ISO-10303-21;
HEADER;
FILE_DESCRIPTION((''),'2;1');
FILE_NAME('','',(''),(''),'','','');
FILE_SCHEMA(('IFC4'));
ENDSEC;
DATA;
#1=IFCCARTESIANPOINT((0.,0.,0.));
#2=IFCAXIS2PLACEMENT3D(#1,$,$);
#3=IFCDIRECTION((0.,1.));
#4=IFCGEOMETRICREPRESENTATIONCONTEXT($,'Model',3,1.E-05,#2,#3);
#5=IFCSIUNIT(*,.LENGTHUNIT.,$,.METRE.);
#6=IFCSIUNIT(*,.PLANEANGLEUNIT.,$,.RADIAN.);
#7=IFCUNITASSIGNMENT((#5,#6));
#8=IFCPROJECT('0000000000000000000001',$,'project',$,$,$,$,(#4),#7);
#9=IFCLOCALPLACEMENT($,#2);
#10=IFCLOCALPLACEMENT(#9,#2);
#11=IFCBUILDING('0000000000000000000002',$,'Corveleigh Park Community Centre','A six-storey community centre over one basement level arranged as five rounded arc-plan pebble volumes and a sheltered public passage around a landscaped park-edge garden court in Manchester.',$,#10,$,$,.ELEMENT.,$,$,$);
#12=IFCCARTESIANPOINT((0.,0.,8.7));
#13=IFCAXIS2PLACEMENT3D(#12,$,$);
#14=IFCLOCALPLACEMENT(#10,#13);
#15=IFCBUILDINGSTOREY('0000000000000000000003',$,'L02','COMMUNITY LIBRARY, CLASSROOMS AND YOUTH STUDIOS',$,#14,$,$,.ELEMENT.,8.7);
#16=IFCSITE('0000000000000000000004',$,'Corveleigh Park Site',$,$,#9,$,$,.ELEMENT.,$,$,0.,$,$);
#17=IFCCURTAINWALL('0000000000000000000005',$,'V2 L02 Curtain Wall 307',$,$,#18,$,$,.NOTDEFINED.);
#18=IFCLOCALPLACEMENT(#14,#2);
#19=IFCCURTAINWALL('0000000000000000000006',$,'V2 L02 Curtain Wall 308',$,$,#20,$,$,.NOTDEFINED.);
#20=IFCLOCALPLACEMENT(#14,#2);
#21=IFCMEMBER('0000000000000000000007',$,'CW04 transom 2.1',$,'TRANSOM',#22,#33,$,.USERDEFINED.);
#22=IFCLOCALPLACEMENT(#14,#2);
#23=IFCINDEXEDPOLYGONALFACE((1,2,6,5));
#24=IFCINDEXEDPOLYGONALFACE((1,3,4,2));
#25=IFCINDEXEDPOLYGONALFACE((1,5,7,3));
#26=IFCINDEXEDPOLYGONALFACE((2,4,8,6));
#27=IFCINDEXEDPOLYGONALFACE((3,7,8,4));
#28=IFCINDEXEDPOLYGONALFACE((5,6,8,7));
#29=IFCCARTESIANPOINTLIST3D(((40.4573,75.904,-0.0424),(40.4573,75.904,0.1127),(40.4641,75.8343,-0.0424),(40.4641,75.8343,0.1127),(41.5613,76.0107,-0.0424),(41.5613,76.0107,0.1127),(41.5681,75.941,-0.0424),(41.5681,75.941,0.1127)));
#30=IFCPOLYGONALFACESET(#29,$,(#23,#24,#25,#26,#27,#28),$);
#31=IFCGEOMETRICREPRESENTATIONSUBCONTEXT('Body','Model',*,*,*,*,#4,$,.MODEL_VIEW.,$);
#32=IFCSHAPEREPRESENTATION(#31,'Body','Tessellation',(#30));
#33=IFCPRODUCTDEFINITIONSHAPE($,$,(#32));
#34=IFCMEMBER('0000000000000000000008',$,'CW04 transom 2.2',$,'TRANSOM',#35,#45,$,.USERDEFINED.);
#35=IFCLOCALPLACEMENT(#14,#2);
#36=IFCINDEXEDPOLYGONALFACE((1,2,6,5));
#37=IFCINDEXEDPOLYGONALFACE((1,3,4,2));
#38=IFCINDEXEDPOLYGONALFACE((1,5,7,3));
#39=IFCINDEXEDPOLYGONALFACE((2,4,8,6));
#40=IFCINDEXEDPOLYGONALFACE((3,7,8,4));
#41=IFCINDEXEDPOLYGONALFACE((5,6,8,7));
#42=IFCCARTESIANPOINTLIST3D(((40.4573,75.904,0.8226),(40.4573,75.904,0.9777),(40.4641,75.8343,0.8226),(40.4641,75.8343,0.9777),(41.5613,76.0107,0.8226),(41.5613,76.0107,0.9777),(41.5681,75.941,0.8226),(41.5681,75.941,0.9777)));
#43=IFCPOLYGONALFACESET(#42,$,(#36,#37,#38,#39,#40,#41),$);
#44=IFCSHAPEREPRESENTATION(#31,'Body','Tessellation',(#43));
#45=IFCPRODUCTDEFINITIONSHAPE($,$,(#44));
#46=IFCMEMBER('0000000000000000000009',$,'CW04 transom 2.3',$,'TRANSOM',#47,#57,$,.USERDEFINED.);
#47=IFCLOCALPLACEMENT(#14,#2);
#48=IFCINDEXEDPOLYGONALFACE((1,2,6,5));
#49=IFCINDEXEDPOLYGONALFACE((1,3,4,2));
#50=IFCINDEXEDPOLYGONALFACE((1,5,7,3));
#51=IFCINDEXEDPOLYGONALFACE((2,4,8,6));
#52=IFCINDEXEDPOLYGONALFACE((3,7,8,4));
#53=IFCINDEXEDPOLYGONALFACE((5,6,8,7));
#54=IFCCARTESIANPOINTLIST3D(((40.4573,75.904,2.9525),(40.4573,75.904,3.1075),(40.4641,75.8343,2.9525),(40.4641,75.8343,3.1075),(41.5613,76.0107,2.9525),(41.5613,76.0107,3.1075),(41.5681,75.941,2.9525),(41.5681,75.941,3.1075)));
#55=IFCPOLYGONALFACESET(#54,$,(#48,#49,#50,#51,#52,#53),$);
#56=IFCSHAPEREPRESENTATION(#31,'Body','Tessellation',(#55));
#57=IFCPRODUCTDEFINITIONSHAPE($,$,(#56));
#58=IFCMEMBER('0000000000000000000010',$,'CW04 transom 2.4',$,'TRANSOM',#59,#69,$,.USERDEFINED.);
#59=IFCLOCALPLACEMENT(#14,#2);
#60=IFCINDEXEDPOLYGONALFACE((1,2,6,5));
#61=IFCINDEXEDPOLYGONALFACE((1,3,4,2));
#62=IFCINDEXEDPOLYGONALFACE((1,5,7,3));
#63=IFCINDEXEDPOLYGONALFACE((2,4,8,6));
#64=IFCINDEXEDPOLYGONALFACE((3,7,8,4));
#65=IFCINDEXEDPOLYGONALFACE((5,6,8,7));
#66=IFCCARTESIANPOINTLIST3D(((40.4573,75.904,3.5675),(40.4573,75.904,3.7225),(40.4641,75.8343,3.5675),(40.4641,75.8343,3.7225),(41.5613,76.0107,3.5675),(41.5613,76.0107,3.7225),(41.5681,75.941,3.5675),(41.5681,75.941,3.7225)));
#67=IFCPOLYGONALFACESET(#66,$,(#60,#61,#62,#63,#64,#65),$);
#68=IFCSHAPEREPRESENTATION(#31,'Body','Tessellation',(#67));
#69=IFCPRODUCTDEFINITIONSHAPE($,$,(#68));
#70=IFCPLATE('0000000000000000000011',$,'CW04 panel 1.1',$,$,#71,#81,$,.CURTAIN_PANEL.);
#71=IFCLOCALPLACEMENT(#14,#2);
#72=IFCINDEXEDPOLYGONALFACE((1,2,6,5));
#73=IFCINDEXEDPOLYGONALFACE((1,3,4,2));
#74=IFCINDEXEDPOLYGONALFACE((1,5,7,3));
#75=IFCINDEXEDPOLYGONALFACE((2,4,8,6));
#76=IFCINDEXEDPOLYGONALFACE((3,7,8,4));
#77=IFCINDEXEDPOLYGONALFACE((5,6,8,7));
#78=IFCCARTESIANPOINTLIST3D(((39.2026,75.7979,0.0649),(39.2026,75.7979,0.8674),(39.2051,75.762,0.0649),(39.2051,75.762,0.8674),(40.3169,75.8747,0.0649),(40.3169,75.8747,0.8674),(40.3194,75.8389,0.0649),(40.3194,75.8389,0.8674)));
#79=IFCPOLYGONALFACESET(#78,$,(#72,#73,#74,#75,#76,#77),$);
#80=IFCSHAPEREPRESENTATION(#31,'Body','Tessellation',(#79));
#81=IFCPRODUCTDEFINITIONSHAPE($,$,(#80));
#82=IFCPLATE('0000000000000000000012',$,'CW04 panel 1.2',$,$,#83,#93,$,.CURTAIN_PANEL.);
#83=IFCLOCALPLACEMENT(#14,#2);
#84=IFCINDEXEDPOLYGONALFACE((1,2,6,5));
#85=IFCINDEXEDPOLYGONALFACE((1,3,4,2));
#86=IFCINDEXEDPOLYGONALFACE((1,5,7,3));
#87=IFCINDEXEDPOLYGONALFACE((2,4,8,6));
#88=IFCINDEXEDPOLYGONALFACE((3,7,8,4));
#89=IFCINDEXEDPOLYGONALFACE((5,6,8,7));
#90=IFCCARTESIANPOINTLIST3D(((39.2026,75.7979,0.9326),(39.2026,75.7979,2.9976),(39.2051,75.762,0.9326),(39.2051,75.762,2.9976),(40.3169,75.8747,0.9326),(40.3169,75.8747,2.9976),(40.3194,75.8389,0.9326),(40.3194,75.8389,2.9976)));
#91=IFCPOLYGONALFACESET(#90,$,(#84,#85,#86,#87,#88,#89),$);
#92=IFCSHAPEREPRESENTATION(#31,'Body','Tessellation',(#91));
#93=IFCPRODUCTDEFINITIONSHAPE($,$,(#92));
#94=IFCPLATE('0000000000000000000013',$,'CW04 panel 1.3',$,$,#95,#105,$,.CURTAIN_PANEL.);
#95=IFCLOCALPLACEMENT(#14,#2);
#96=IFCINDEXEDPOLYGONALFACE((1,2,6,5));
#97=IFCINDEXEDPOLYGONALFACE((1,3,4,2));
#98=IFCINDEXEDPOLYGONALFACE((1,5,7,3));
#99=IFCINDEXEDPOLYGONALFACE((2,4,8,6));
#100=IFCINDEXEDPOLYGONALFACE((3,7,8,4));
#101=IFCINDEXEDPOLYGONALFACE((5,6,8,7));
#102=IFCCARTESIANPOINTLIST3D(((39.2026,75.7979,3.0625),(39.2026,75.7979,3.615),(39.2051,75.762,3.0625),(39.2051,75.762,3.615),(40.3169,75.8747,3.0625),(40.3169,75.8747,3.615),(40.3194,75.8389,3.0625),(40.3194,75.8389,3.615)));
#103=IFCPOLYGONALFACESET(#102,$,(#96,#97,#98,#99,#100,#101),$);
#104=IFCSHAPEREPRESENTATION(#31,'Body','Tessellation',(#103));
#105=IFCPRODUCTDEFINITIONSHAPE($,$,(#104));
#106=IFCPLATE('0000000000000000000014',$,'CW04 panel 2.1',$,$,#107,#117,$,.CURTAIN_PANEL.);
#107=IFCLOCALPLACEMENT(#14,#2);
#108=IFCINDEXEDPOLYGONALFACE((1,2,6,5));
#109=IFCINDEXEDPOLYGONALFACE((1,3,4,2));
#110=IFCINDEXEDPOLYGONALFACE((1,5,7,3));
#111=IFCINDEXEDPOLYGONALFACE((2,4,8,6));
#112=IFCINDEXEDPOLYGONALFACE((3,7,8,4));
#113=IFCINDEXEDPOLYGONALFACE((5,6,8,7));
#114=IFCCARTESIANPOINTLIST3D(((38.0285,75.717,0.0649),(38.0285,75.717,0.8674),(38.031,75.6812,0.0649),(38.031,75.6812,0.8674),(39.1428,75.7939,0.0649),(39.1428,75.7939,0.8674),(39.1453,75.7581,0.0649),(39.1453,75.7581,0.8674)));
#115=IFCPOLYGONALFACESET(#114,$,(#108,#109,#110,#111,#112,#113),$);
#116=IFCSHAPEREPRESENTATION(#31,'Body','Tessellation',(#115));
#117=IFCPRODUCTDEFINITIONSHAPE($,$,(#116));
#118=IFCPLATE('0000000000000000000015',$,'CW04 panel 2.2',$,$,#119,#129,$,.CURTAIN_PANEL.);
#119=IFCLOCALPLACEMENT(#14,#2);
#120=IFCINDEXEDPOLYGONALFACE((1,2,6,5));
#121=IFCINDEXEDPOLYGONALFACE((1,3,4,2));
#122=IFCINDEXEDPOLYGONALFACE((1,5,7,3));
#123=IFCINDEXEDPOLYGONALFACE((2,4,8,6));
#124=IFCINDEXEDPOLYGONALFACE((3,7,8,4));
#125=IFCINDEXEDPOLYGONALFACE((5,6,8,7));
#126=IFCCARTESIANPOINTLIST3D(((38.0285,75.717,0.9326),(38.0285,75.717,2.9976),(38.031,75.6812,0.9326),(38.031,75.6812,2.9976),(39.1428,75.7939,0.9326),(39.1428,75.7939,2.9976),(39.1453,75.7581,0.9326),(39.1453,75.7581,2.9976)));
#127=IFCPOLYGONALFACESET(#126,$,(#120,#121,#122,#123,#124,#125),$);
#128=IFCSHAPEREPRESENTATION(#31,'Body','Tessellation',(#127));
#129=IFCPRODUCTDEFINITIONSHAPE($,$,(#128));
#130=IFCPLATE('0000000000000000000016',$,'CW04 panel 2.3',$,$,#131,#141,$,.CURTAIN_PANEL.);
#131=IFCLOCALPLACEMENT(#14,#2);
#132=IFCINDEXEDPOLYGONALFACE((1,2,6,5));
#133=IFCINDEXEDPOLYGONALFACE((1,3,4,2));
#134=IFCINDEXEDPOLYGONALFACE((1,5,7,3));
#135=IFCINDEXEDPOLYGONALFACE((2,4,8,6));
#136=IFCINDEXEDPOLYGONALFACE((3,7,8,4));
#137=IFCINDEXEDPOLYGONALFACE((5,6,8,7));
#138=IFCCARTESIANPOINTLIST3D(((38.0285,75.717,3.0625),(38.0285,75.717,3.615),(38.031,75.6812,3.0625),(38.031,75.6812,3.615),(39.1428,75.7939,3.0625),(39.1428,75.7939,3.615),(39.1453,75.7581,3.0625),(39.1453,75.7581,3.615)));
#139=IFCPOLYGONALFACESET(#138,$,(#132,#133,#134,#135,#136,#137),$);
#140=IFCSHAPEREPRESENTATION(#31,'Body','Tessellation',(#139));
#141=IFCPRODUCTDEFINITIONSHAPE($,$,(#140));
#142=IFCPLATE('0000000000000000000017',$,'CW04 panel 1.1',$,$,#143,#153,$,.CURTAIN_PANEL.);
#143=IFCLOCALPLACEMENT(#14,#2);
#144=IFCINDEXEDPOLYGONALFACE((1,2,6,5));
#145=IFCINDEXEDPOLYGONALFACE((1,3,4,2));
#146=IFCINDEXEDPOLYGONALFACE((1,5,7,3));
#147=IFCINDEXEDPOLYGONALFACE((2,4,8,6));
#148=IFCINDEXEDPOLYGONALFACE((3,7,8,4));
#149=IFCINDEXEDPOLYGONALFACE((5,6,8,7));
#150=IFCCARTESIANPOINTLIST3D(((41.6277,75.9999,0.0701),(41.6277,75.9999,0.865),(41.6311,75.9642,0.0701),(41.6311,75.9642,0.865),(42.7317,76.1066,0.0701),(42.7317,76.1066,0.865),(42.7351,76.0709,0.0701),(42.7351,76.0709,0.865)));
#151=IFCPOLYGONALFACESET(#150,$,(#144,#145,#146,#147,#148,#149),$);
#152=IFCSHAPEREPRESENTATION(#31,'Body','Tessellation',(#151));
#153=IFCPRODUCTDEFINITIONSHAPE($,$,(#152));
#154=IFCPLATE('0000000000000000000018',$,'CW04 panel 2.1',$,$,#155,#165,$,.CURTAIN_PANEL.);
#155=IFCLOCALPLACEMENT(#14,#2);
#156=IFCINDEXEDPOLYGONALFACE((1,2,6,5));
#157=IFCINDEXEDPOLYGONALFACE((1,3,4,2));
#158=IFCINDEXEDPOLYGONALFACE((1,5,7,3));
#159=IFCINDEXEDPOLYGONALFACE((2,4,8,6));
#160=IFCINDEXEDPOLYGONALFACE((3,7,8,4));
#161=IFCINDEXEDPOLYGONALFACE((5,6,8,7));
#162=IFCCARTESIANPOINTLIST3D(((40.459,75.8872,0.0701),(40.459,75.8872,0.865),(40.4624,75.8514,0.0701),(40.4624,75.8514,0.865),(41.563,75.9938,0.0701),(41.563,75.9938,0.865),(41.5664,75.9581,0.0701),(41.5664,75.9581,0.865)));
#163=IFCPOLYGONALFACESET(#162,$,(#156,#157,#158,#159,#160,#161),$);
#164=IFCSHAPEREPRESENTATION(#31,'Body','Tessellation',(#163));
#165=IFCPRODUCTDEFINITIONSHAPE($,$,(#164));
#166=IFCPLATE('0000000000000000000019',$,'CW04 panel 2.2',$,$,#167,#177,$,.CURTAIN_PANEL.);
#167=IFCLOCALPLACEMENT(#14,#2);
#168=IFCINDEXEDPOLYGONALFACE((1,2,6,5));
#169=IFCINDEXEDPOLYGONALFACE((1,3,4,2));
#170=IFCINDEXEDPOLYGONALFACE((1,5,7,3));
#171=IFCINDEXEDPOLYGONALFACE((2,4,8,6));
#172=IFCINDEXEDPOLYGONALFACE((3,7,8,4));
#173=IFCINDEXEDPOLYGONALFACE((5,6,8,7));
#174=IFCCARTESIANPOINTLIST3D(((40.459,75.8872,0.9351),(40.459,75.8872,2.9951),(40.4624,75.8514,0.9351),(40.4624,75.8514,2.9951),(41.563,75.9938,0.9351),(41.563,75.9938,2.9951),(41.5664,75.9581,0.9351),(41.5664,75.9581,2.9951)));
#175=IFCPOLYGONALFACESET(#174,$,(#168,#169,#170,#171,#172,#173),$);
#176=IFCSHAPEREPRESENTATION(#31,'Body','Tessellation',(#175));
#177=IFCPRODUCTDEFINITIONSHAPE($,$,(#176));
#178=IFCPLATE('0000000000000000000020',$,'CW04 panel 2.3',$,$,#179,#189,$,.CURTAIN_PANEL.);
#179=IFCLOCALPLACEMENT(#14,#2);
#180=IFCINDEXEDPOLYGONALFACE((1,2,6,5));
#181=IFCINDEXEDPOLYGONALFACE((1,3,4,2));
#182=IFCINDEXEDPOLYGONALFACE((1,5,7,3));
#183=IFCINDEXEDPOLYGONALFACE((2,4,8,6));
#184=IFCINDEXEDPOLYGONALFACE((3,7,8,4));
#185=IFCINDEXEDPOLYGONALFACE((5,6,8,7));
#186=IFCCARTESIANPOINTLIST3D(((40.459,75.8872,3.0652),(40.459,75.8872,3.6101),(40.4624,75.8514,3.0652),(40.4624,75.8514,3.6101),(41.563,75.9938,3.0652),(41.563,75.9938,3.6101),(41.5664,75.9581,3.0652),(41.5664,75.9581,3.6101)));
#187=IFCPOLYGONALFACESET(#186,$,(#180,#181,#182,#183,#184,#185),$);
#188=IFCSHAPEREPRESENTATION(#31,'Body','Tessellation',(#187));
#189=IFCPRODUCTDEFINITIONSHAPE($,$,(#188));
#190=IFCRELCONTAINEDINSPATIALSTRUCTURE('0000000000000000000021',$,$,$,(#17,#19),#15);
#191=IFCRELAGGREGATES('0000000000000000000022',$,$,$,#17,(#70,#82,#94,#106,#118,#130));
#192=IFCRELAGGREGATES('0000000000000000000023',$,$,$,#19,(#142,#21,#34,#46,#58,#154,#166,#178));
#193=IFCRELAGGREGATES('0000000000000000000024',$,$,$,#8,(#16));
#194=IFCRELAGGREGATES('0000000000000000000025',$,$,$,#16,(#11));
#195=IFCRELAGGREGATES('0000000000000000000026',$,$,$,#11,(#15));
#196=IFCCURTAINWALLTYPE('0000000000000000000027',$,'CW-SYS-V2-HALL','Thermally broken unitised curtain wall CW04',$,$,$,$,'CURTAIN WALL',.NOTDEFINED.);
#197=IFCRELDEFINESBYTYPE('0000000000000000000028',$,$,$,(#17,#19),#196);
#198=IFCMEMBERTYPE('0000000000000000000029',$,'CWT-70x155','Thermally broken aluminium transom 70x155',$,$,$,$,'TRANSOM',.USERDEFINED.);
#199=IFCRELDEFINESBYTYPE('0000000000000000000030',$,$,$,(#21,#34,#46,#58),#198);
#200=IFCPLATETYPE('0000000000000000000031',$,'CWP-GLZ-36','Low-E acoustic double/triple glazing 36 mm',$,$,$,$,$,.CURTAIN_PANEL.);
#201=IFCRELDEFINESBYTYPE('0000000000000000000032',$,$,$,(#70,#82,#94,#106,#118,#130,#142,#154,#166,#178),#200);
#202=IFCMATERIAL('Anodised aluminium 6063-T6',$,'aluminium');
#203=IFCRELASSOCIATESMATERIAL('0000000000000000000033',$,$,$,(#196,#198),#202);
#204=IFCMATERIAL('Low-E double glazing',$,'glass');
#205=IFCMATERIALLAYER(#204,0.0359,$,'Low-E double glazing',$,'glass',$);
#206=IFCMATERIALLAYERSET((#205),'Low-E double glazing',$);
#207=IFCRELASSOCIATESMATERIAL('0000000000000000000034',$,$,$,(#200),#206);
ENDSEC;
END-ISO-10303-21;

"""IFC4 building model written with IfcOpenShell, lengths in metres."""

from ifc_helpers import new_model, si_unit, direction, frame, origin, origin_2d, place, context, subcontext, project, spatial, rectangle, extrude, material, layer, layer_set, material_profile, profile_set, type_object, element, aggregate, save


model = new_model("IFC4")

# Units and contexts
model_context = context("Model", 3, precision=1e-05, world=origin(), true_north=direction((0.0, 1.0)))
body_context = subcontext(model_context, "Body", "Model", "MODEL_VIEW")
ifc_project = project(units=[si_unit("LENGTHUNIT", "METRE"), si_unit("PLANEANGLEUNIT", "RADIAN")], contexts=[model_context])

# Site, building, storey
site_placement = place(None, origin())
site = spatial("IfcSite", under=ifc_project, at=site_placement, Name="Corveleigh Park Site", CompositionType="ELEMENT", RefElevation=0.0)
building_placement = place(site_placement, origin())
building = spatial("IfcBuilding", under=site, at=building_placement, Name="Corveleigh Park Community Centre", Description="A six-storey community centre over one basement level arranged as five rounded arc-plan pebble volumes and a sheltered public passage around a landscaped park-edge garden court in Manchester.", CompositionType="ELEMENT")
storey_placement = place(building_placement, frame((0.0, 0.0, 8.7)))
storey = spatial("IfcBuildingStorey", under=building, at=storey_placement, Name="L02", Description="COMMUNITY LIBRARY, CLASSROOMS AND YOUTH STUDIOS", CompositionType="ELEMENT", Elevation=8.7)

# Curtain walls
ifc_material_1 = material(Name="Anodised aluminium 6063-T6", Category="aluminium")
curtain_wall_type = type_object("IfcCurtainWallType", Name="CW-SYS-V2-HALL", Description="Thermally broken unitised curtain wall CW04", ElementType="CURTAIN WALL", PredefinedType="NOTDEFINED", material=ifc_material_1)
curtain_wall_1_placement = place(storey_placement, origin())
curtain_wall_1 = element("IfcCurtainWall", 1, at=curtain_wall_1_placement, inside=storey, type_object=curtain_wall_type, Name="V2 L02 Curtain Wall 307", PredefinedType="NOTDEFINED")
curtain_wall_2_placement = place(storey_placement, origin())
curtain_wall_2 = element("IfcCurtainWall", 2, at=curtain_wall_2_placement, inside=storey, type_object=curtain_wall_type, Name="V2 L02 Curtain Wall 308", PredefinedType="NOTDEFINED")

# Members
ifc_material_profile_1 = material_profile(ifc_material_1, rectangle(XDim=0.0701, YDim=0.155, at=origin_2d()), Name="ALU-T70x155", Category="aluminium")
ifc_profile_set_1 = profile_set([ifc_material_profile_1], Name="Anodised aluminium 6063-T6")
member_type_1 = type_object("IfcMemberType", Name="CWT-70x155", Description="Thermally broken aluminium transom 70x155", ElementType="TRANSOM", PredefinedType="USERDEFINED", material=ifc_profile_set_1)
member_1_placement = place(storey_placement, frame((41.5647, 75.9758, 0.0352), z_axis=(-0.995363, -0.096191, 0.0), x_axis=(0.096191, -0.995363, 0.0)))
member_1 = element("IfcMember", 3, at=member_1_placement, type_object=member_type_1, Name="CW04 transom 2.1", ObjectType="TRANSOM", PredefinedType="USERDEFINED", context=body_context, shape_type="SweptSolid", body=[
    extrude(rectangle(XDim=0.0701, YDim=0.155, at=origin_2d()), origin(), (0.0, 0.0, 1.0), 1.1091),
])
member_2_placement = place(storey_placement, frame((41.5647, 75.9758, 0.9001), z_axis=(-0.995363, -0.096191, 0.0), x_axis=(0.096191, -0.995363, 0.0)))
member_2 = element("IfcMember", 4, at=member_2_placement, type_object=member_type_1, Name="CW04 transom 2.2", ObjectType="TRANSOM", PredefinedType="USERDEFINED", context=body_context, shape_type="SweptSolid", body=[
    extrude(rectangle(XDim=0.0701, YDim=0.155, at=origin_2d()), origin(), (0.0, 0.0, 1.0), 1.1091),
])
member_3_placement = place(storey_placement, frame((41.5647, 75.9758, 3.03), z_axis=(-0.995363, -0.096191, 0.0), x_axis=(0.096191, -0.995363, 0.0)))
member_3 = element("IfcMember", 5, at=member_3_placement, type_object=member_type_1, Name="CW04 transom 2.3", ObjectType="TRANSOM", PredefinedType="USERDEFINED", context=body_context, shape_type="SweptSolid", body=[
    extrude(rectangle(XDim=0.0701, YDim=0.155, at=origin_2d()), origin(), (0.0, 0.0, 1.0), 1.1091),
])
member_4_placement = place(storey_placement, frame((41.5647, 75.9758, 3.645), z_axis=(-0.995363, -0.096191, 0.0), x_axis=(0.096191, -0.995363, 0.0)))
member_4 = element("IfcMember", 6, at=member_4_placement, type_object=member_type_1, Name="CW04 transom 2.4", ObjectType="TRANSOM", PredefinedType="USERDEFINED", context=body_context, shape_type="SweptSolid", body=[
    extrude(rectangle(XDim=0.0701, YDim=0.155, at=origin_2d()), origin(), (0.0, 0.0, 1.0), 1.1091),
])

# Plates
ifc_material_2 = material(Name="Low-E double glazing", Category="glass")
ifc_layer = layer(ifc_material_2, 0.0359, Name="Low-E double glazing", Category="glass")
ifc_layer_set = layer_set([ifc_layer], Name="Low-E double glazing")
plate_type = type_object("IfcPlateType", Name="CWP-GLZ-36", Description="Low-E acoustic double/triple glazing 36 mm", PredefinedType="CURTAIN_PANEL", material=ifc_layer_set)
plate_1_placement = place(storey_placement, frame((39.761, 75.8184, 0.0649), z_axis=(0.0, 0.0, 1.0), x_axis=(-0.997632, -0.068774, 0.0)))
plate_1 = element("IfcPlate", 7, at=plate_1_placement, type_object=plate_type, Name="CW04 panel 1.1", PredefinedType="CURTAIN_PANEL", context=body_context, shape_type="SweptSolid", body=[
    extrude(rectangle(XDim=1.1169, YDim=0.0359, at=origin_2d()), origin(), (0.0, 0.0, 1.0), 0.8025),
])
plate_2_placement = place(storey_placement, frame((39.761, 75.8184, 0.9326), z_axis=(0.0, 0.0, 1.0), x_axis=(-0.997632, -0.068774, 0.0)))
plate_2 = element("IfcPlate", 8, at=plate_2_placement, type_object=plate_type, Name="CW04 panel 1.2", PredefinedType="CURTAIN_PANEL", context=body_context, shape_type="SweptSolid", body=[
    extrude(rectangle(XDim=1.1169, YDim=0.0359, at=origin_2d()), origin(), (0.0, 0.0, 1.0), 2.0649),
])
plate_3_placement = place(storey_placement, frame((39.761, 75.8184, 3.0625), z_axis=(0.0, 0.0, 1.0), x_axis=(-0.997632, -0.068774, 0.0)))
plate_3 = element("IfcPlate", 9, at=plate_3_placement, type_object=plate_type, Name="CW04 panel 1.3", PredefinedType="CURTAIN_PANEL", context=body_context, shape_type="SweptSolid", body=[
    extrude(rectangle(XDim=1.1169, YDim=0.0359, at=origin_2d()), origin(), (0.0, 0.0, 1.0), 0.5525),
])
plate_4_placement = place(storey_placement, frame((38.5869, 75.7375, 0.0649), z_axis=(0.0, 0.0, 1.0), x_axis=(-0.997632, -0.068774, 0.0)))
plate_4 = element("IfcPlate", 10, at=plate_4_placement, type_object=plate_type, Name="CW04 panel 2.1", PredefinedType="CURTAIN_PANEL", context=body_context, shape_type="SweptSolid", body=[
    extrude(rectangle(XDim=1.1169, YDim=0.0359, at=origin_2d()), origin(), (0.0, 0.0, 1.0), 0.8025),
])
plate_5_placement = place(storey_placement, frame((38.5869, 75.7375, 0.9326), z_axis=(0.0, 0.0, 1.0), x_axis=(-0.997632, -0.068774, 0.0)))
plate_5 = element("IfcPlate", 11, at=plate_5_placement, type_object=plate_type, Name="CW04 panel 2.2", PredefinedType="CURTAIN_PANEL", context=body_context, shape_type="SweptSolid", body=[
    extrude(rectangle(XDim=1.1169, YDim=0.0359, at=origin_2d()), origin(), (0.0, 0.0, 1.0), 2.0649),
])
plate_6_placement = place(storey_placement, frame((38.5869, 75.7375, 3.0625), z_axis=(0.0, 0.0, 1.0), x_axis=(-0.997632, -0.068774, 0.0)))
plate_6 = element("IfcPlate", 12, at=plate_6_placement, type_object=plate_type, Name="CW04 panel 2.3", PredefinedType="CURTAIN_PANEL", context=body_context, shape_type="SweptSolid", body=[
    extrude(rectangle(XDim=1.1169, YDim=0.0359, at=origin_2d()), origin(), (0.0, 0.0, 1.0), 0.5525),
])
aggregate(curtain_wall_1, [plate_1, plate_2, plate_3, plate_4, plate_5, plate_6])
plate_7_placement = place(storey_placement, frame((42.1814, 76.0354, 0.0701), z_axis=(0.0, 0.0, 1.0), x_axis=(-0.995368, -0.096139, 0.0)))
plate_7 = element("IfcPlate", 13, at=plate_7_placement, type_object=plate_type, Name="CW04 panel 1.1", PredefinedType="CURTAIN_PANEL", context=body_context, shape_type="SweptSolid", body=[
    extrude(rectangle(XDim=1.1091, YDim=0.0359, at=origin_2d()), origin(), (0.0, 0.0, 1.0), 0.7949),
])
plate_8_placement = place(storey_placement, frame((41.0127, 75.9226, 0.0701), z_axis=(0.0, 0.0, 1.0), x_axis=(-0.995368, -0.096139, 0.0)))
plate_8 = element("IfcPlate", 14, at=plate_8_placement, type_object=plate_type, Name="CW04 panel 2.1", PredefinedType="CURTAIN_PANEL", context=body_context, shape_type="SweptSolid", body=[
    extrude(rectangle(XDim=1.1091, YDim=0.0359, at=origin_2d()), origin(), (0.0, 0.0, 1.0), 0.7949),
])
plate_9_placement = place(storey_placement, frame((41.0127, 75.9226, 0.9351), z_axis=(0.0, 0.0, 1.0), x_axis=(-0.995368, -0.096139, 0.0)))
plate_9 = element("IfcPlate", 15, at=plate_9_placement, type_object=plate_type, Name="CW04 panel 2.2", PredefinedType="CURTAIN_PANEL", context=body_context, shape_type="SweptSolid", body=[
    extrude(rectangle(XDim=1.1091, YDim=0.0359, at=origin_2d()), origin(), (0.0, 0.0, 1.0), 2.0601),
])
plate_10_placement = place(storey_placement, frame((41.0127, 75.9226, 3.0652), z_axis=(0.0, 0.0, 1.0), x_axis=(-0.995368, -0.096139, 0.0)))
plate_10 = element("IfcPlate", 16, at=plate_10_placement, type_object=plate_type, Name="CW04 panel 2.3", PredefinedType="CURTAIN_PANEL", context=body_context, shape_type="SweptSolid", body=[
    extrude(rectangle(XDim=1.1091, YDim=0.0359, at=origin_2d()), origin(), (0.0, 0.0, 1.0), 0.5449),
])
aggregate(curtain_wall_2, [plate_7, member_1, member_2, member_3, member_4, plate_8, plate_9, plate_10])

save(model, "model.ifc")
